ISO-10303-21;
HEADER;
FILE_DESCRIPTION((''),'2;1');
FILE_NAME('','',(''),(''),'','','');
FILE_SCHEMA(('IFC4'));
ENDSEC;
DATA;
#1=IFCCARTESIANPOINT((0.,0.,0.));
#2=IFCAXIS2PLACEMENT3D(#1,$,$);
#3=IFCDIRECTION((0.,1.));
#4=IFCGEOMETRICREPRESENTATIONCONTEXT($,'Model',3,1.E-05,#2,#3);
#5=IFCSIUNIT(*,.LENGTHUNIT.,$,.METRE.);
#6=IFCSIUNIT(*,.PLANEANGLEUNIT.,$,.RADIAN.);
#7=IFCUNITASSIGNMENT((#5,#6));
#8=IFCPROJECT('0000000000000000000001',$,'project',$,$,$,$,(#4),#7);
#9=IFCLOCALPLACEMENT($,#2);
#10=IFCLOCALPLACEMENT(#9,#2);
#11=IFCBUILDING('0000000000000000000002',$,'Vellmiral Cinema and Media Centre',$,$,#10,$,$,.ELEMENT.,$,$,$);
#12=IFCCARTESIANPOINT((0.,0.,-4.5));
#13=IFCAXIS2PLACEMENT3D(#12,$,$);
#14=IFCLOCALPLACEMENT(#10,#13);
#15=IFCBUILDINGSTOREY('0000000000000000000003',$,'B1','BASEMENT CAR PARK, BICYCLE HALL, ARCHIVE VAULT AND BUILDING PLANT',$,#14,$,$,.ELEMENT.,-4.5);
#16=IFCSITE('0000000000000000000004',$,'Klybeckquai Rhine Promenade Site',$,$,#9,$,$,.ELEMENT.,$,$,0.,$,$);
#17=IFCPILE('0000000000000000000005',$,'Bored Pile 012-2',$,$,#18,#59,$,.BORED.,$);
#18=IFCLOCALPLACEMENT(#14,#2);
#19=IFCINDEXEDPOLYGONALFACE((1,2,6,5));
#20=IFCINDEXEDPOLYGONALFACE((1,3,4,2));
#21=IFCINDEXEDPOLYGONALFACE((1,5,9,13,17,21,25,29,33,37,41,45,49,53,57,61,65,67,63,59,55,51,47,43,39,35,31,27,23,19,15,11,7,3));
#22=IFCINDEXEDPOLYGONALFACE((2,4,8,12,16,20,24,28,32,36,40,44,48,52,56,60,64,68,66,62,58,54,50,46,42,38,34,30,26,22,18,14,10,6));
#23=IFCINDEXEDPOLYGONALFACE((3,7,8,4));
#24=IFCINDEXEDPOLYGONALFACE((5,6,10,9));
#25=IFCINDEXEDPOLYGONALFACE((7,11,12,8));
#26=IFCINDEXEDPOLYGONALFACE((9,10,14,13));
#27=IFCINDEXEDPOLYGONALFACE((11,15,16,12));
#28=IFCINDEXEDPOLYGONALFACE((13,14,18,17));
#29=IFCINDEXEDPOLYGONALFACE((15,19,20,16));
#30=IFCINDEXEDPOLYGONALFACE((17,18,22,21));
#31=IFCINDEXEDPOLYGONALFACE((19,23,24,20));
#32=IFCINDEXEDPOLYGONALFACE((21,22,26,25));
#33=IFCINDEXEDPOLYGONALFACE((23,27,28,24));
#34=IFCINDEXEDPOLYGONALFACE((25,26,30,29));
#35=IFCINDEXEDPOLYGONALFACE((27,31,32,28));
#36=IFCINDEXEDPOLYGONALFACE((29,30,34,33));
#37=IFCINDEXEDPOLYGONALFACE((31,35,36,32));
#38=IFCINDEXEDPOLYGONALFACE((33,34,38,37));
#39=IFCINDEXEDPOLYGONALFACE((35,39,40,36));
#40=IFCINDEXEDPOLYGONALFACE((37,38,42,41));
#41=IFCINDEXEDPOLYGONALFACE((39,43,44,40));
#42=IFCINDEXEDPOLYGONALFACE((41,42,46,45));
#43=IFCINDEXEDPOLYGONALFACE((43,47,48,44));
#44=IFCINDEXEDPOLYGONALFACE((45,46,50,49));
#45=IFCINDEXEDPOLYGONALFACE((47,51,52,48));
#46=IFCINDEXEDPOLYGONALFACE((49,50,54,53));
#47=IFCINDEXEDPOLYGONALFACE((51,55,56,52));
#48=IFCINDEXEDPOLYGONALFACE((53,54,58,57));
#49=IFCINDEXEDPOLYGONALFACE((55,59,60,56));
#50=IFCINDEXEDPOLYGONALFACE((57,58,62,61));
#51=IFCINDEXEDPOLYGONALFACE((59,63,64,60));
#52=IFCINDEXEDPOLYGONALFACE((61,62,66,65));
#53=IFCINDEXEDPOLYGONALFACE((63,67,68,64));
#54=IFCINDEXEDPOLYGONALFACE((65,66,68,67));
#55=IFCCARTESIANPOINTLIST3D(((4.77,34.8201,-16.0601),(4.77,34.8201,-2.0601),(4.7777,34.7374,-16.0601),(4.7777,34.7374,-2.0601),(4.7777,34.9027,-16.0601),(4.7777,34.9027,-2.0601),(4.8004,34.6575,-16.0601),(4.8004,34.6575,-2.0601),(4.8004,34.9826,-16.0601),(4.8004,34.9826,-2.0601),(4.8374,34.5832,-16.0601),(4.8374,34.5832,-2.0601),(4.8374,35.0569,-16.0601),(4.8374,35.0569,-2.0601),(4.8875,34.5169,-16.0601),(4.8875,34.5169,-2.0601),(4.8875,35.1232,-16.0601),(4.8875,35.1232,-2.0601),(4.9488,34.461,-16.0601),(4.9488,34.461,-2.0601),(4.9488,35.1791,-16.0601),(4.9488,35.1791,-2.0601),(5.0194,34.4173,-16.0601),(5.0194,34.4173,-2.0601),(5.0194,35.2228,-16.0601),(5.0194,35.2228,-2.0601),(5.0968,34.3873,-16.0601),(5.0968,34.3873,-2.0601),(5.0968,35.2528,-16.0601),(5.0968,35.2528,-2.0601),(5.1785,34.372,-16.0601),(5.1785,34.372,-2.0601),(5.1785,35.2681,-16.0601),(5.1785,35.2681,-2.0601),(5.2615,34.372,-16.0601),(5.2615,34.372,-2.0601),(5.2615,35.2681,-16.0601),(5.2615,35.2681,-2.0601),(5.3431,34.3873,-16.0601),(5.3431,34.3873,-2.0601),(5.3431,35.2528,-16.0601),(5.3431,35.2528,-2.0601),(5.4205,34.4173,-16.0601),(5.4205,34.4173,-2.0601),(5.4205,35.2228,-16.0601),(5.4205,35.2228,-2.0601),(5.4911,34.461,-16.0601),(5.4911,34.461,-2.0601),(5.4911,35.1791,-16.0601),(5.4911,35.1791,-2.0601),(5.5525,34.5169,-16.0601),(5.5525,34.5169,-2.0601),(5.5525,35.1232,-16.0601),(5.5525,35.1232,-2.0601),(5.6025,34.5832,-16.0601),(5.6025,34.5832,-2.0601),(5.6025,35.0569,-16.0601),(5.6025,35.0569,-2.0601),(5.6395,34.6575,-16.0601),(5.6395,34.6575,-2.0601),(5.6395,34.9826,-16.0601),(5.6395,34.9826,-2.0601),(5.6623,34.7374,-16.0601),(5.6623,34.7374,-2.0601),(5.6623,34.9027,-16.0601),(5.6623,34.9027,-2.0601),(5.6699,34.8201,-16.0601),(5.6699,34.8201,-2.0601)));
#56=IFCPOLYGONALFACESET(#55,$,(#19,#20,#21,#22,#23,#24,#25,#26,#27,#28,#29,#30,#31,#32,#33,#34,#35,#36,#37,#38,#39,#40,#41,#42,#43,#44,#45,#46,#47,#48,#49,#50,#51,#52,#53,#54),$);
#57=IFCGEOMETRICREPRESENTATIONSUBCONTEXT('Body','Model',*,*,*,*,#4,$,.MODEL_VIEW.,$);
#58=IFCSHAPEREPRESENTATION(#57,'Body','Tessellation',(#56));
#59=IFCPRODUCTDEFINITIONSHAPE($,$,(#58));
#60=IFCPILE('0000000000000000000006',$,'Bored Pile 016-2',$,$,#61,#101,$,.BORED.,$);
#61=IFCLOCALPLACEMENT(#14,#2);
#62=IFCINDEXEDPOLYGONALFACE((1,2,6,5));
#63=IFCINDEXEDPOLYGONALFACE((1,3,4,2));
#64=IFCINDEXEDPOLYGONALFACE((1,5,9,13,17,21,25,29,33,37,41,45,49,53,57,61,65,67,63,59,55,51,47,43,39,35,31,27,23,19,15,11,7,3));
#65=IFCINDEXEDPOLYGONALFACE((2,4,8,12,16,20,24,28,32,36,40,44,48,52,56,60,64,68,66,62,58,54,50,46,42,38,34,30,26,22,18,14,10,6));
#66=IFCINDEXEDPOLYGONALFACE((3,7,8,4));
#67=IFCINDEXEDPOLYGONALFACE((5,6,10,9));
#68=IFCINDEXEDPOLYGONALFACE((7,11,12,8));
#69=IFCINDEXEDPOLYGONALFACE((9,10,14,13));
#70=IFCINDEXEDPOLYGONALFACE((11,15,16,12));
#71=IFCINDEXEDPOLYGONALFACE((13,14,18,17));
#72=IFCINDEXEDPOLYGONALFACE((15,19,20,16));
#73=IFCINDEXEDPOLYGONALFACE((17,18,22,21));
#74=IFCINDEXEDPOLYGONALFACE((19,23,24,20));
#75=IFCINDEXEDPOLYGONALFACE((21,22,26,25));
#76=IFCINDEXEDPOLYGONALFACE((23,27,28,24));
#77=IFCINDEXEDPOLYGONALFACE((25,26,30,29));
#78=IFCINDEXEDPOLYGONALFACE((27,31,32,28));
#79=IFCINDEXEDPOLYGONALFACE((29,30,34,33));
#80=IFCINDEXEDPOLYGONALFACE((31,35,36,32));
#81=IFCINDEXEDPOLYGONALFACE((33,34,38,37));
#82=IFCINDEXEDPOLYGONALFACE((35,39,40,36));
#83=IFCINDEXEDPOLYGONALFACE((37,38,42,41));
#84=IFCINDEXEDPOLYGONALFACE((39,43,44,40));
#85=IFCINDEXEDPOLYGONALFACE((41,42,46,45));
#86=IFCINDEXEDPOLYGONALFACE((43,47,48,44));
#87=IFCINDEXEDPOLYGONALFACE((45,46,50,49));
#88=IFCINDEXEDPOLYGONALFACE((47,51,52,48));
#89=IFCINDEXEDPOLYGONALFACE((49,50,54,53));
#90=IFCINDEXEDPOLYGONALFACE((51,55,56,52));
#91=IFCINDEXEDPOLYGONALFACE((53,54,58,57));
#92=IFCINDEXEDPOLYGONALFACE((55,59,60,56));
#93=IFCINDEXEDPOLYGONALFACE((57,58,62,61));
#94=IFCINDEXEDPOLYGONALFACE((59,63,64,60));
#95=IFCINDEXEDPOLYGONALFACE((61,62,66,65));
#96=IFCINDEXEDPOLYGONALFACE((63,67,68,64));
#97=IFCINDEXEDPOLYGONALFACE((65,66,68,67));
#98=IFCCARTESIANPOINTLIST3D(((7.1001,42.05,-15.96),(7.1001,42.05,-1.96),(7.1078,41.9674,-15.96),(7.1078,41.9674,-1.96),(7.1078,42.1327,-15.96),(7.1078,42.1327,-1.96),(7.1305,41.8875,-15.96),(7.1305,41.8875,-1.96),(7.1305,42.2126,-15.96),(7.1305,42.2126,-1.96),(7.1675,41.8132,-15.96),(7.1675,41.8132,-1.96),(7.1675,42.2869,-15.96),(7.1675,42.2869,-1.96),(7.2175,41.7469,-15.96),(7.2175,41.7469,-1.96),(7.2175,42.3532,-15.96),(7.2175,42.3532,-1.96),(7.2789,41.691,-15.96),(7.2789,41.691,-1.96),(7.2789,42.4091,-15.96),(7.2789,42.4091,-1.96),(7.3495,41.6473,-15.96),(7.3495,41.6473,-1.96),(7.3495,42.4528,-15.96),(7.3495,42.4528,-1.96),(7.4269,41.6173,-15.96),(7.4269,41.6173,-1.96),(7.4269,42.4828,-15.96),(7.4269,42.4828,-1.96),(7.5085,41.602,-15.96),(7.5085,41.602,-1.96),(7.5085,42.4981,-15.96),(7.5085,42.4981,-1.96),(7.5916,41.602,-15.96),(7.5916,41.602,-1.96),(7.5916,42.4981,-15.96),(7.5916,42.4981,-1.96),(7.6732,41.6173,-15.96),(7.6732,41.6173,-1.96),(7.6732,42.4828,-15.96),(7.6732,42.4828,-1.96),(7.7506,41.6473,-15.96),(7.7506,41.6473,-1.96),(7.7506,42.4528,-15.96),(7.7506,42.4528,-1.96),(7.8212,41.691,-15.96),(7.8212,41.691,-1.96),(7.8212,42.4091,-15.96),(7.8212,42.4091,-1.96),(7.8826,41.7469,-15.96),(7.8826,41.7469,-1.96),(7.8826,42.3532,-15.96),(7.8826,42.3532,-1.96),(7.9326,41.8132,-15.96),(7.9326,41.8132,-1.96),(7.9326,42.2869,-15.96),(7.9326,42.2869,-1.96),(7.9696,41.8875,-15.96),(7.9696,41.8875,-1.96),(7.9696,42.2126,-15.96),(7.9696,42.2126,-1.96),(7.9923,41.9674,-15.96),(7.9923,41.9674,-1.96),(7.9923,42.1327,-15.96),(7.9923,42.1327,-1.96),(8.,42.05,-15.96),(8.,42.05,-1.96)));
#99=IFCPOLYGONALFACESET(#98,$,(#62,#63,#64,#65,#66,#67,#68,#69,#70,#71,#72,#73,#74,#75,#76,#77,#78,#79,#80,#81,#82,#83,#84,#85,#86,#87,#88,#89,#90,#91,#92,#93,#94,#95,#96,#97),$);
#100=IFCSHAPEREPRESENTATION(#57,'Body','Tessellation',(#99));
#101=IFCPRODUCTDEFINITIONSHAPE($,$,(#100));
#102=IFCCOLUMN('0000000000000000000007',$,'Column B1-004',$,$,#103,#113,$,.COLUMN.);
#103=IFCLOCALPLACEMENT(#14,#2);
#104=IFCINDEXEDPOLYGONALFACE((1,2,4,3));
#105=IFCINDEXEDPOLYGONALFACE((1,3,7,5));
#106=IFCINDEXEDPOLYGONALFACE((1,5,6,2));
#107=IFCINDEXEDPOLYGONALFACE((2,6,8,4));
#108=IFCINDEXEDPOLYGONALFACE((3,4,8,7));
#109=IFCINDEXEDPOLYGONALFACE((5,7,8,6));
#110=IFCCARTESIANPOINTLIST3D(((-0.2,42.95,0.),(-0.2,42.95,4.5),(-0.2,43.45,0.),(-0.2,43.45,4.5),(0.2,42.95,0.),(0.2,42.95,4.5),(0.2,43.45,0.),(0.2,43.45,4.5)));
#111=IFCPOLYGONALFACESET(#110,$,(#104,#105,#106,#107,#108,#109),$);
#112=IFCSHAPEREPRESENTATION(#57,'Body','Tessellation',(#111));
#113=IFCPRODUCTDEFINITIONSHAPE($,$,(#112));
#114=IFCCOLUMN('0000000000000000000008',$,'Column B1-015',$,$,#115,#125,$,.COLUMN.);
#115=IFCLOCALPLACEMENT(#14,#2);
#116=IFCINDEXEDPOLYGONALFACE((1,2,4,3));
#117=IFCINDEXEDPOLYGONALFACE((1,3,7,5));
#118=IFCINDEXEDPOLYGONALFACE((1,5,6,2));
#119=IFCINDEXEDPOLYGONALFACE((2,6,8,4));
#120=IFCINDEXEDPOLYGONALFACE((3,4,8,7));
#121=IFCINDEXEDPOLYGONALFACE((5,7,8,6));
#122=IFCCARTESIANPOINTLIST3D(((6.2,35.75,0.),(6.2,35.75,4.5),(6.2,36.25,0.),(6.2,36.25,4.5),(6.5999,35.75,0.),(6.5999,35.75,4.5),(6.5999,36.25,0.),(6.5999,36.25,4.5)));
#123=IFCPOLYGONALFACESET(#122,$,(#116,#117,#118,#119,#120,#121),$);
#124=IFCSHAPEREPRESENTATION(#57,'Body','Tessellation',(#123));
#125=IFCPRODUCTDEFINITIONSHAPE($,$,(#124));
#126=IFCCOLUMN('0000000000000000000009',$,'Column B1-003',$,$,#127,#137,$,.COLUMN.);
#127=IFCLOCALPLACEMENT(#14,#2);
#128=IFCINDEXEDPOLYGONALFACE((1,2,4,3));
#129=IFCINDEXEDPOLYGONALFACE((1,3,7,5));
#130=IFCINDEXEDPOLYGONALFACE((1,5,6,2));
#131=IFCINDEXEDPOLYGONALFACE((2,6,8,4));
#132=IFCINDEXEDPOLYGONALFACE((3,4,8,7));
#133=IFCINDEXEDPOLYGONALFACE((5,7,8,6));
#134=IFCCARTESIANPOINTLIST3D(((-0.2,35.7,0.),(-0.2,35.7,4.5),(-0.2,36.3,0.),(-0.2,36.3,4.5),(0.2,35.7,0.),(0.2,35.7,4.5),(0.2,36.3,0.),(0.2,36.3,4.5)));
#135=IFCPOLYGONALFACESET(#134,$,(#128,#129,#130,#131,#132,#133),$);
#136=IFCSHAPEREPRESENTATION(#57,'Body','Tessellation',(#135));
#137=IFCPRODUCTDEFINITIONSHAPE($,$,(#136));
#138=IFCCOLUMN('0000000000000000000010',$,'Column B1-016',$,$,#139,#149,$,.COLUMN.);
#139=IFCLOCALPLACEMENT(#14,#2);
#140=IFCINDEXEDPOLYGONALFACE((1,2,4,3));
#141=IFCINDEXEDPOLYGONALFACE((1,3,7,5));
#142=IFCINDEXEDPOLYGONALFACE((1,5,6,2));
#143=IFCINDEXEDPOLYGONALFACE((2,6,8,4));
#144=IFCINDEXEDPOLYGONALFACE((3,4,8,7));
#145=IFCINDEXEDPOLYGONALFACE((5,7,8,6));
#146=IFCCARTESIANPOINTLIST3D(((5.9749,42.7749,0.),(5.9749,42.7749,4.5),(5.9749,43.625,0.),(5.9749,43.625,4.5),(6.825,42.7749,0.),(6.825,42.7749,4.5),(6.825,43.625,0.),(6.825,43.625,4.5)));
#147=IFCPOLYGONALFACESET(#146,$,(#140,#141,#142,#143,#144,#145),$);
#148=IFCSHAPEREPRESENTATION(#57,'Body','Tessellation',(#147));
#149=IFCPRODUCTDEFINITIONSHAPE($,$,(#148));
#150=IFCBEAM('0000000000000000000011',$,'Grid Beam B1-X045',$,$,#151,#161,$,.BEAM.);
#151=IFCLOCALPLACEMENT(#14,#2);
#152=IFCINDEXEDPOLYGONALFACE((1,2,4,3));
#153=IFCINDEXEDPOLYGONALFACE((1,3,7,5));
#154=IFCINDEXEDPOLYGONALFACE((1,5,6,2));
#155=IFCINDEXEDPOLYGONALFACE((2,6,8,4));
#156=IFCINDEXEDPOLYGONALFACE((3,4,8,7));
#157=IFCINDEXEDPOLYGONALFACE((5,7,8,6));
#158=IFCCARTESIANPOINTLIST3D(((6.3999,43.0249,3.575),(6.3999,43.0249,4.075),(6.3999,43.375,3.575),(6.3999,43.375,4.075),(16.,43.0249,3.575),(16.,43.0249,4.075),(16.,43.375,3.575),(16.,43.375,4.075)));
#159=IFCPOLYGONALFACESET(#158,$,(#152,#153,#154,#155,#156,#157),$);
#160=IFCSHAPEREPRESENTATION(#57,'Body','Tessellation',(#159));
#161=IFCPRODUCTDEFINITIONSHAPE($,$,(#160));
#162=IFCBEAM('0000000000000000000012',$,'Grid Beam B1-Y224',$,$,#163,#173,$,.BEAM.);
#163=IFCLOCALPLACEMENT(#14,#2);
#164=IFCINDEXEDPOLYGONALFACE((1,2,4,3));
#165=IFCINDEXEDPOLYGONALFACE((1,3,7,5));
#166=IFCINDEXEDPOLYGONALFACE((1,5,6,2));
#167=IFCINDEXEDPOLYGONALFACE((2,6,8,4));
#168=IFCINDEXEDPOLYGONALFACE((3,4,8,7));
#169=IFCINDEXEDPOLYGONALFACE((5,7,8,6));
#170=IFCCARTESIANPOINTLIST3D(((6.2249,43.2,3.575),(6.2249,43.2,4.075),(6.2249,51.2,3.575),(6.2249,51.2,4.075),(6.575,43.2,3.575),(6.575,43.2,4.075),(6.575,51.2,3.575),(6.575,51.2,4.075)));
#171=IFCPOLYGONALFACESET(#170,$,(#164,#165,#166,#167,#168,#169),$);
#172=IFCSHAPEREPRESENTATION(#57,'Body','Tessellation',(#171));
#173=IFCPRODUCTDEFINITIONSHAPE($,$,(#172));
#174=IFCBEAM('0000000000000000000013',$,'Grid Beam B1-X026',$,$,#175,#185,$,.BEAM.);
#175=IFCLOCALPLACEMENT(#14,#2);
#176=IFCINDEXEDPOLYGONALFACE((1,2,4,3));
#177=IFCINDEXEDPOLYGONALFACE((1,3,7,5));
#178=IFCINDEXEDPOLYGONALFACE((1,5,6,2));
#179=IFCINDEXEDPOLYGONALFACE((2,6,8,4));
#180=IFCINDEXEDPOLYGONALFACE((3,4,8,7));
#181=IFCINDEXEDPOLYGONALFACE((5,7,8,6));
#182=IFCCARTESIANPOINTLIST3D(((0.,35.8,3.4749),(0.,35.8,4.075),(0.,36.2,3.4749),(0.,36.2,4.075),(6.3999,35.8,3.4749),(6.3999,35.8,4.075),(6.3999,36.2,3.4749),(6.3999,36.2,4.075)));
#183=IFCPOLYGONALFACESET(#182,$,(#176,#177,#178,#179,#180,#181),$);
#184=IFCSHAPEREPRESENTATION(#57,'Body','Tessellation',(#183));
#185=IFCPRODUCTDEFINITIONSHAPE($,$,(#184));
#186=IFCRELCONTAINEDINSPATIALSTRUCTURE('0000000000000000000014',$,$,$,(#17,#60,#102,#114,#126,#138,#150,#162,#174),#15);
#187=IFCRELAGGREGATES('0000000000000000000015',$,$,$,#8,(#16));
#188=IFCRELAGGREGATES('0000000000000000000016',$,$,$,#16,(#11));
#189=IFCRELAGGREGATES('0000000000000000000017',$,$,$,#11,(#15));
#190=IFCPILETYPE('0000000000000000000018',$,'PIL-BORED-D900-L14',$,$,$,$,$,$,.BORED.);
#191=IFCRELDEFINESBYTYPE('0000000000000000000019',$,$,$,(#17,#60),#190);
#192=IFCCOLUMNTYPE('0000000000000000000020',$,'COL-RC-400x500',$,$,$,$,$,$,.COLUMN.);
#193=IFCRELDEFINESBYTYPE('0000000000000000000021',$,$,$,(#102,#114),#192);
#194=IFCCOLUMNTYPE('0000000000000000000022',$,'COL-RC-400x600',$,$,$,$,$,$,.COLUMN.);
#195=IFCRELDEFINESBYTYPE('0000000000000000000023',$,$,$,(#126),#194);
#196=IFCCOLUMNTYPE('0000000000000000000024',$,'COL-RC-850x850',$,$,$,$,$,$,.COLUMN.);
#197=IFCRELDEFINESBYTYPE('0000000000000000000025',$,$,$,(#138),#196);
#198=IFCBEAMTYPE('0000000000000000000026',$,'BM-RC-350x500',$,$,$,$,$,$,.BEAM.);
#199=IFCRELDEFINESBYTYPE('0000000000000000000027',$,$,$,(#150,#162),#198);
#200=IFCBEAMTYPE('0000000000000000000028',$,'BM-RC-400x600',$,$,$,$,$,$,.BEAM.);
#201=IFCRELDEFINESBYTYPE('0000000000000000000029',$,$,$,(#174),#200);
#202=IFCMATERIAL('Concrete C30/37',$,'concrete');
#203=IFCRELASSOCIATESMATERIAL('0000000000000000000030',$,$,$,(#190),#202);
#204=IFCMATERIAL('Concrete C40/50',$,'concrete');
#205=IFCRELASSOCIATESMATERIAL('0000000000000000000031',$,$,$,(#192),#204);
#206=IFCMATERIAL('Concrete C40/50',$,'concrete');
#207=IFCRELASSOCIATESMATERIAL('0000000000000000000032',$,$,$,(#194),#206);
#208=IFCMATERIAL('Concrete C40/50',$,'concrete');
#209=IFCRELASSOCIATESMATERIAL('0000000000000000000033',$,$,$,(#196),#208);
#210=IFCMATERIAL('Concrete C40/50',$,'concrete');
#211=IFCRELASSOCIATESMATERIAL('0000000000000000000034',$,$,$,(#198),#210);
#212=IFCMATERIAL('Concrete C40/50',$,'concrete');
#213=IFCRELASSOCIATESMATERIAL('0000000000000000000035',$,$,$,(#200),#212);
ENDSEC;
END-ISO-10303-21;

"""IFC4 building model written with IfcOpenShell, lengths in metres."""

from ifc_helpers import new_model, si_unit, direction, frame, origin, origin_2d, place, context, subcontext, project, spatial, rectangle, circle, extrude, material, material_profile, profile_set, type_object, element, save


model = new_model("IFC4")

# Units and contexts
model_context = context("Model", 3, precision=1e-05, world=origin(), true_north=direction((0.0, 1.0)))
body_context = subcontext(model_context, "Body", "Model", "MODEL_VIEW")
ifc_project = project(units=[si_unit("LENGTHUNIT", "METRE"), si_unit("PLANEANGLEUNIT", "RADIAN")], contexts=[model_context])

# Site, building, storey
site_placement = place(None, origin())
site = spatial("IfcSite", under=ifc_project, at=site_placement, Name="Klybeckquai Rhine Promenade Site", CompositionType="ELEMENT", RefElevation=0.0)
building_placement = place(site_placement, origin())
building = spatial("IfcBuilding", under=site, at=building_placement, Name="Vellmiral Cinema and Media Centre", CompositionType="ELEMENT")
storey_placement = place(building_placement, frame((0.0, 0.0, -4.5)))
storey = spatial("IfcBuildingStorey", under=building, at=storey_placement, Name="B1", Description="BASEMENT CAR PARK, BICYCLE HALL, ARCHIVE VAULT AND BUILDING PLANT", CompositionType="ELEMENT", Elevation=-4.5)

# Piles
ifc_material_1 = material(Name="Concrete C30/37", Category="concrete")
ifc_material_profile_1 = material_profile(ifc_material_1, circle(Radius=0.45, at=origin_2d()), Name="PILE D900")
ifc_profile_set_1 = profile_set([ifc_material_profile_1], Name="Concrete C30/37")
pile_type = type_object("IfcPileType", Name="PIL-BORED-D900-L14", PredefinedType="BORED", material=ifc_profile_set_1)
for number, where, z_axis, x_axis, name in (
    (1, (5.22, 34.8201, -2.0601), (0.0, 0.0, -1.0), (1.0, 0.0, 0.0), "Bored Pile 012-2"),
    (2, (7.55, 42.05, -1.96), (0.0, 0.0, -1.0), (1.0, 0.0, 0.0), "Bored Pile 016-2"),
):
    element("IfcPile", number, at=place(storey_placement, frame(where, z_axis=z_axis, x_axis=x_axis)), inside=storey, type_object=pile_type, Name=name, PredefinedType="BORED", context=body_context, shape_type="SweptSolid", body=[
        extrude(circle(Radius=0.45, at=origin_2d()), origin(), (0.0, 0.0, 1.0), 14.0),
    ])

# Columns
ifc_material_2 = material(Name="Concrete C40/50", Category="concrete")
ifc_material_profile_2 = material_profile(ifc_material_2, rectangle(XDim=0.3999, YDim=0.5, at=origin_2d()), Name="RC 400x500")
ifc_profile_set_2 = profile_set([ifc_material_profile_2], Name="Concrete C40/50")
column_type_1 = type_object("IfcColumnType", Name="COL-RC-400x500", PredefinedType="COLUMN", material=ifc_profile_set_2)
for number, where, z_axis, x_axis, name in (
    (3, (0.0, 43.2, 0.0), (0.0, 0.0, 1.0), (1.0, 0.0, 0.0), "Column B1-004"),
    (4, (6.3999, 36.0, 0.0), (0.0, 0.0, 1.0), (1.0, 0.0, 0.0), "Column B1-015"),
):
    element("IfcColumn", number, at=place(storey_placement, frame(where, z_axis=z_axis, x_axis=x_axis)), inside=storey, type_object=column_type_1, Name=name, PredefinedType="COLUMN", context=body_context, shape_type="SweptSolid", body=[
        extrude(rectangle(XDim=0.3999, YDim=0.5, at=origin_2d()), origin(), (0.0, 0.0, 1.0), 4.5),
    ])
ifc_material_3 = material(Name="Concrete C40/50", Category="concrete")
ifc_material_profile_3 = material_profile(ifc_material_3, rectangle(XDim=0.3999, YDim=0.6001, at=origin_2d()), Name="RC 400x600")
ifc_profile_set_3 = profile_set([ifc_material_profile_3], Name="Concrete C40/50")
column_type_2 = type_object("IfcColumnType", Name="COL-RC-400x600", PredefinedType="COLUMN", material=ifc_profile_set_3)
column_1_placement = place(storey_placement, frame((0.0, 36.0, 0.0), z_axis=(0.0, 0.0, 1.0), x_axis=(1.0, 0.0, 0.0)))
element("IfcColumn", 5, at=column_1_placement, inside=storey, type_object=column_type_2, Name="Column B1-003", PredefinedType="COLUMN", context=body_context, shape_type="SweptSolid", body=[
    extrude(rectangle(XDim=0.3999, YDim=0.6001, at=origin_2d()), origin(), (0.0, 0.0, 1.0), 4.5),
])
ifc_material_4 = material(Name="Concrete C40/50", Category="concrete")
ifc_material_profile_4 = material_profile(ifc_material_4, rectangle(XDim=0.8501, YDim=0.8501, at=origin_2d()), Name="RC 850x850")
ifc_profile_set_4 = profile_set([ifc_material_profile_4], Name="Concrete C40/50")
column_type_3 = type_object("IfcColumnType", Name="COL-RC-850x850", PredefinedType="COLUMN", material=ifc_profile_set_4)
column_2_placement = place(storey_placement, frame((6.3999, 43.2, 0.0), z_axis=(0.0, 0.0, 1.0), x_axis=(1.0, 0.0, 0.0)))
element("IfcColumn", 6, at=column_2_placement, inside=storey, type_object=column_type_3, Name="Column B1-016", PredefinedType="COLUMN", context=body_context, shape_type="SweptSolid", body=[
    extrude(rectangle(XDim=0.8501, YDim=0.8501, at=origin_2d()), origin(), (0.0, 0.0, 1.0), 4.5),
])

# Beams
ifc_material_5 = material(Name="Concrete C40/50", Category="concrete")
ifc_material_profile_5 = material_profile(ifc_material_5, rectangle(XDim=0.3501, YDim=0.5, at=origin_2d()), Name="RC 350x500")
ifc_profile_set_5 = profile_set([ifc_material_profile_5], Name="Concrete C40/50")
beam_type_1 = type_object("IfcBeamType", Name="BM-RC-350x500", PredefinedType="BEAM", material=ifc_profile_set_5)
beam_1_placement = place(storey_placement, frame((6.3999, 43.2, 3.825), z_axis=(1.0, 0.0, 0.0), x_axis=(0.0, 1.0, 0.0)))
element("IfcBeam", 7, at=beam_1_placement, inside=storey, type_object=beam_type_1, Name="Grid Beam B1-X045", PredefinedType="BEAM", context=body_context, shape_type="SweptSolid", body=[
    extrude(rectangle(XDim=0.3501, YDim=0.5, at=origin_2d()), origin(), (0.0, 0.0, 1.0), 9.6001),
])
beam_2_placement = place(storey_placement, frame((6.3999, 43.2, 3.825), z_axis=(0.0, 1.0, 0.0), x_axis=(-1.0, 0.0, 0.0)))
element("IfcBeam", 8, at=beam_2_placement, inside=storey, type_object=beam_type_1, Name="Grid Beam B1-Y224", PredefinedType="BEAM", context=body_context, shape_type="SweptSolid", body=[
    extrude(rectangle(XDim=0.3501, YDim=0.5, at=origin_2d()), origin(), (0.0, 0.0, 1.0), 8.0),
])
ifc_material_6 = material(Name="Concrete C40/50", Category="concrete")
ifc_material_profile_6 = material_profile(ifc_material_6, rectangle(XDim=0.3999, YDim=0.6001, at=origin_2d()), Name="RC 400x600")
ifc_profile_set_6 = profile_set([ifc_material_profile_6], Name="Concrete C40/50")
beam_type_2 = type_object("IfcBeamType", Name="BM-RC-400x600", PredefinedType="BEAM", material=ifc_profile_set_6)
beam_3_placement = place(storey_placement, frame((0.0, 36.0, 3.7749), z_axis=(1.0, 0.0, 0.0), x_axis=(0.0, 1.0, 0.0)))
element("IfcBeam", 9, at=beam_3_placement, inside=storey, type_object=beam_type_2, Name="Grid Beam B1-X026", PredefinedType="BEAM", context=body_context, shape_type="SweptSolid", body=[
    extrude(rectangle(XDim=0.3999, YDim=0.6001, at=origin_2d()), origin(), (0.0, 0.0, 1.0), 6.3999),
])

save(model, "model.ifc")
